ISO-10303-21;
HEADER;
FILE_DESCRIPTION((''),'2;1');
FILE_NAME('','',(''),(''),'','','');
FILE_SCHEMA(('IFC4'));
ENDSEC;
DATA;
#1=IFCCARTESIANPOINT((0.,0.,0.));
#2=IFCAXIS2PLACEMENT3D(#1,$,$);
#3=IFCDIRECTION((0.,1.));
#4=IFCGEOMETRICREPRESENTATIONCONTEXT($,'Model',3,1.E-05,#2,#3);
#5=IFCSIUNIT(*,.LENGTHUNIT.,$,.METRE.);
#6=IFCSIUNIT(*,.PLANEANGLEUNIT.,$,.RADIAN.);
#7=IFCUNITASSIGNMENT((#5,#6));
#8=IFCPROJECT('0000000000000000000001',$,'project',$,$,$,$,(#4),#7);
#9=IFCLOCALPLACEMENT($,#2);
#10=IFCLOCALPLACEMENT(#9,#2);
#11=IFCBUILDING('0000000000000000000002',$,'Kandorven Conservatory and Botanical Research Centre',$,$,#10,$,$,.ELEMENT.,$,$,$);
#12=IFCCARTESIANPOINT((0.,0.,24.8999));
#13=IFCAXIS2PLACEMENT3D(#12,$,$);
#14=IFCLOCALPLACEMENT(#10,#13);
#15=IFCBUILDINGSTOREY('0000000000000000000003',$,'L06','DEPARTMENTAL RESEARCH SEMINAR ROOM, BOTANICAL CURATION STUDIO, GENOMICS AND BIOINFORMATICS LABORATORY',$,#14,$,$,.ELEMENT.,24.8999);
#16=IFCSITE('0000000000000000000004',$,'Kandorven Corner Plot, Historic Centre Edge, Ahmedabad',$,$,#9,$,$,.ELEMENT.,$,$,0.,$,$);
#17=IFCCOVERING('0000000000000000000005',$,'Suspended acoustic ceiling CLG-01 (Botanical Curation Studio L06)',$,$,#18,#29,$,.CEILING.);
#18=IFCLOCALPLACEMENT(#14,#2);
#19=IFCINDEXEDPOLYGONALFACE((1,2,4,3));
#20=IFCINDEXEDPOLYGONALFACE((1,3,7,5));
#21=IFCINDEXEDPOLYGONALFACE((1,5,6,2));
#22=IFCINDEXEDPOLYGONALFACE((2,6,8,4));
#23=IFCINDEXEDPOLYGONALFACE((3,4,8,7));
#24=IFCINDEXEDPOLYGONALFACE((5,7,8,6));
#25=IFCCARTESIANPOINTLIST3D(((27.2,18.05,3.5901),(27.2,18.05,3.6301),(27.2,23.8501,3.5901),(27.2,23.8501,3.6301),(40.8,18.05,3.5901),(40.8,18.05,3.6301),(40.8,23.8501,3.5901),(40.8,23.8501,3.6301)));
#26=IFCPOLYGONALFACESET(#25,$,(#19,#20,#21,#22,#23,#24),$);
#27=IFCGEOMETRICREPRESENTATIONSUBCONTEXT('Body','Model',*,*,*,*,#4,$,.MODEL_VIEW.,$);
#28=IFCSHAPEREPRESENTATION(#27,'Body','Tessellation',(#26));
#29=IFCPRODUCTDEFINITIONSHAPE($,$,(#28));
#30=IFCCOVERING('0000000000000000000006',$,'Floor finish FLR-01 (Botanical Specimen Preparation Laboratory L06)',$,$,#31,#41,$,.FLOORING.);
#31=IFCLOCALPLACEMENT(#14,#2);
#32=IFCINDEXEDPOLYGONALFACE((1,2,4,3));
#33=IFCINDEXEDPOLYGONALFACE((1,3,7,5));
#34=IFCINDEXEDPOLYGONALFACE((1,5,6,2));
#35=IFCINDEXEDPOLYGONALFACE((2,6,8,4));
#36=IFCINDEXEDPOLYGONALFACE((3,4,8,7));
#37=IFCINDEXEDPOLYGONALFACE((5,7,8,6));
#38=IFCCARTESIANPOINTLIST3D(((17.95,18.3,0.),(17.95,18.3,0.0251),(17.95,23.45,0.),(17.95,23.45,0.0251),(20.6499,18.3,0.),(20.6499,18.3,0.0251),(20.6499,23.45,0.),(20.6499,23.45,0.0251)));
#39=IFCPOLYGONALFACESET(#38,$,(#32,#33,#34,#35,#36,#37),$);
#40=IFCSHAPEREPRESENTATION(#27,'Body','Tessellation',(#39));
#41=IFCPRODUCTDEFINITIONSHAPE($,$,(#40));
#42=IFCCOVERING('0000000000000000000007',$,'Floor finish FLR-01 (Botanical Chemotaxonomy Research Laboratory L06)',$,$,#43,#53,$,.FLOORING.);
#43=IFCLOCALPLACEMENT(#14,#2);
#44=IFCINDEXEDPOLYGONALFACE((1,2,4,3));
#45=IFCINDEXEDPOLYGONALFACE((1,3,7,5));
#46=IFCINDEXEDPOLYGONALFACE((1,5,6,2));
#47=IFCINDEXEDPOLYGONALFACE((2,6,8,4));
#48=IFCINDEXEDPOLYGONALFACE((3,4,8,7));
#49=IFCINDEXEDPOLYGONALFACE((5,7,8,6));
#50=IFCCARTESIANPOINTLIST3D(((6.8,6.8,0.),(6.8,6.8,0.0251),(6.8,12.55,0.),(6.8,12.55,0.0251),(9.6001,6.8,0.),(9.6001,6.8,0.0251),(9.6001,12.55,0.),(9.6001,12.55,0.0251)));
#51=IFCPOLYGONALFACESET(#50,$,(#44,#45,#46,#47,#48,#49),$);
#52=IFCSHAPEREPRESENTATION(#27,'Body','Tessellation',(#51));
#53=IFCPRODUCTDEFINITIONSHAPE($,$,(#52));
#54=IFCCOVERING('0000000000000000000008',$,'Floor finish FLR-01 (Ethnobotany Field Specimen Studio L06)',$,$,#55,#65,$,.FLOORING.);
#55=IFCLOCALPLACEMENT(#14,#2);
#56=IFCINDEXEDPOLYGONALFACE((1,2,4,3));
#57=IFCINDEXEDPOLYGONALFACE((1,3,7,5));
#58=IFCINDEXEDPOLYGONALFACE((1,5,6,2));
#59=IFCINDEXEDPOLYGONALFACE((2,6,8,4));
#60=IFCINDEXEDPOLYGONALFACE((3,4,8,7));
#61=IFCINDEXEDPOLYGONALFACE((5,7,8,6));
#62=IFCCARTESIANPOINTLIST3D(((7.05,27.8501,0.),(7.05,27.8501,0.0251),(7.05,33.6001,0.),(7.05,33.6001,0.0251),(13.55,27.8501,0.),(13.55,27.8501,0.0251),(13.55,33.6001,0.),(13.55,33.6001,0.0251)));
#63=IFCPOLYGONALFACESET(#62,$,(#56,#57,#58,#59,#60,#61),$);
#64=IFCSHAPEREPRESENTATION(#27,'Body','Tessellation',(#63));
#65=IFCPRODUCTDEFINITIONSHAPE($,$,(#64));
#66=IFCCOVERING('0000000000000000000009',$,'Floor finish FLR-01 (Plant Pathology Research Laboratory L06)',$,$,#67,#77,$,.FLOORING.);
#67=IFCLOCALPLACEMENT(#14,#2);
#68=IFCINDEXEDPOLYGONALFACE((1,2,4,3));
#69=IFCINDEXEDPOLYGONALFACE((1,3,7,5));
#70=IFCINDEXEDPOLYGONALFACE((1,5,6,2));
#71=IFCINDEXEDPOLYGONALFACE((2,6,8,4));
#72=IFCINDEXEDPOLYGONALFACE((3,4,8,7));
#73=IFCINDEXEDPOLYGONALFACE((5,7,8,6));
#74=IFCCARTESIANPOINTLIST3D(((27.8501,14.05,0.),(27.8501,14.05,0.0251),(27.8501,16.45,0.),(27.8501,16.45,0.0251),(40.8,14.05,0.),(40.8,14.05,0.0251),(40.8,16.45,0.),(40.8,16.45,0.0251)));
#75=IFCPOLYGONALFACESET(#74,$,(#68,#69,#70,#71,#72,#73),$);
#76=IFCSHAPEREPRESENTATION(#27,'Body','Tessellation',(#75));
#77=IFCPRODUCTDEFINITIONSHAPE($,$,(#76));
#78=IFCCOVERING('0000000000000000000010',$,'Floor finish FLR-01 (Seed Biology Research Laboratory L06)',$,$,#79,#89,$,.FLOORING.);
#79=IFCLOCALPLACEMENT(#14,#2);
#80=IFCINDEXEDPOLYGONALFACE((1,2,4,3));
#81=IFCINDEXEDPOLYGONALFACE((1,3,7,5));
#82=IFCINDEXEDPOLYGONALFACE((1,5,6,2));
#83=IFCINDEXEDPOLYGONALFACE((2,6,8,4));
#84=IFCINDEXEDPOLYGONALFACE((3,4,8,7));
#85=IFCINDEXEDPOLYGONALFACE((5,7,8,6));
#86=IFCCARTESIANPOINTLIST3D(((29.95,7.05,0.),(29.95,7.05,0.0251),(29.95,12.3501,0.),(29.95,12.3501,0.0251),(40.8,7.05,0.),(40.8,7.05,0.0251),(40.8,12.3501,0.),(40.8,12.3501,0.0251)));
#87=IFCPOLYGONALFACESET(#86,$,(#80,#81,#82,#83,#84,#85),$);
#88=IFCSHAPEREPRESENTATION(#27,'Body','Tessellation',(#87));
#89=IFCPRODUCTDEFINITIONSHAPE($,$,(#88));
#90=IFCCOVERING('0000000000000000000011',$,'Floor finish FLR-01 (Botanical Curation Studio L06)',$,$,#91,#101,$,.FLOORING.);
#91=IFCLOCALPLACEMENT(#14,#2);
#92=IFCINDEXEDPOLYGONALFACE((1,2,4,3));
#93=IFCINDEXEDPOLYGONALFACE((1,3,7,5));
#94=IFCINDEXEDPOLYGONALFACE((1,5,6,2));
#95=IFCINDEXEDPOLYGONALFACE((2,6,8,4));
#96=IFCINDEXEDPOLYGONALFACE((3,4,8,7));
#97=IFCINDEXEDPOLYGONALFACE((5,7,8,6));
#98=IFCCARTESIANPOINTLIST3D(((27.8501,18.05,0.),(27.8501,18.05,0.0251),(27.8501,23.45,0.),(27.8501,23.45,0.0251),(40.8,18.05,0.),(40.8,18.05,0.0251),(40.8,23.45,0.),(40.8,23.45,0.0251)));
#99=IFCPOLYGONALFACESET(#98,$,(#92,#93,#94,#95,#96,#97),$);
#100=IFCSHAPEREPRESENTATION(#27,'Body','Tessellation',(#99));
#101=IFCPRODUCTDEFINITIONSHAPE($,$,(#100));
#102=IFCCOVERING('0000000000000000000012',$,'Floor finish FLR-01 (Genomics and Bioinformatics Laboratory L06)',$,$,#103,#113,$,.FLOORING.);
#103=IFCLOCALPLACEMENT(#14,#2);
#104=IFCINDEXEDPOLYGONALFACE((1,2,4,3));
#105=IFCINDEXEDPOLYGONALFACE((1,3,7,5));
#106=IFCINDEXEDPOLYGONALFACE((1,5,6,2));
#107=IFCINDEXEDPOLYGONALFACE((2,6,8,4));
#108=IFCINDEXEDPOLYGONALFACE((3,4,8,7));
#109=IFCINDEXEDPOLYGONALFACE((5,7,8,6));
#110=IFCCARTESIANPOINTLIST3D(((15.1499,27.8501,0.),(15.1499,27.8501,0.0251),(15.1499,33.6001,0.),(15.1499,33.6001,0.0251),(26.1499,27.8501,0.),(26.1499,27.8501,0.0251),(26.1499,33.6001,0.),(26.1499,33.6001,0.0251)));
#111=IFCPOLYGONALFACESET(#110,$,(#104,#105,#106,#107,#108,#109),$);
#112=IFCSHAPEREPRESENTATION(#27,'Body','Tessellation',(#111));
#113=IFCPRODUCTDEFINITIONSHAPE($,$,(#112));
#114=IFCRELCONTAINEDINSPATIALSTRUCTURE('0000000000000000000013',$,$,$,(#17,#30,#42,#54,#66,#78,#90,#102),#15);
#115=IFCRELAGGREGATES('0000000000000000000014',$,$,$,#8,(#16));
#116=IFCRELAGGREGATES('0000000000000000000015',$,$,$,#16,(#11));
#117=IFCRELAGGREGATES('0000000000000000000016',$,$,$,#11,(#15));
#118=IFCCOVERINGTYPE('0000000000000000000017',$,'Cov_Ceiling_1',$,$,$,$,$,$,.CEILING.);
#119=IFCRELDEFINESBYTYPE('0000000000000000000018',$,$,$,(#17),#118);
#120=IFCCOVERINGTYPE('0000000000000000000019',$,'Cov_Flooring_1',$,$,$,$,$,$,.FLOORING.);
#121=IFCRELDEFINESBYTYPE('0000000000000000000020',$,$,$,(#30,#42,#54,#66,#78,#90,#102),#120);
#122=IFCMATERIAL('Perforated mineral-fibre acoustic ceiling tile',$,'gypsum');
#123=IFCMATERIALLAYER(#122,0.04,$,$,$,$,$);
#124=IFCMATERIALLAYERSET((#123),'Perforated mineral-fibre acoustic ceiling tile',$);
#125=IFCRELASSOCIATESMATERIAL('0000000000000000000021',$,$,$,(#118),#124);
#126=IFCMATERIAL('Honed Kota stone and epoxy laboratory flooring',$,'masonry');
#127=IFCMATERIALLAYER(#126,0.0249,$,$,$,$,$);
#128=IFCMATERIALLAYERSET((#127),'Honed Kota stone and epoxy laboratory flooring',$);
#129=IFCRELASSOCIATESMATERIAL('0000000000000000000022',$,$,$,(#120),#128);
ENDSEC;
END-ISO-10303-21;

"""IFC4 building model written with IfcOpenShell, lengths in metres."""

from ifc_helpers import new_model, si_unit, direction, frame, origin, place, context, subcontext, project, spatial, polyline, outline, extrude, material, layer, layer_set, type_object, element, save


model = new_model("IFC4")

# Units and contexts
model_context = context("Model", 3, precision=1e-05, world=origin(), true_north=direction((0.0, 1.0)))
body_context = subcontext(model_context, "Body", "Model", "MODEL_VIEW")
ifc_project = project(units=[si_unit("LENGTHUNIT", "METRE"), si_unit("PLANEANGLEUNIT", "RADIAN")], contexts=[model_context])

# Site, building, storey
site_placement = place(None, origin())
site = spatial("IfcSite", under=ifc_project, at=site_placement, Name="Kandorven Corner Plot, Historic Centre Edge, Ahmedabad", CompositionType="ELEMENT", RefElevation=0.0)
building_placement = place(site_placement, origin())
building = spatial("IfcBuilding", under=site, at=building_placement, Name="Kandorven Conservatory and Botanical Research Centre", CompositionType="ELEMENT")
storey_placement = place(building_placement, frame((0.0, 0.0, 24.8999)))
storey = spatial("IfcBuildingStorey", under=building, at=storey_placement, Name="L06", Description="DEPARTMENTAL RESEARCH SEMINAR ROOM, BOTANICAL CURATION STUDIO, GENOMICS AND BIOINFORMATICS LABORATORY", CompositionType="ELEMENT", Elevation=24.8999)

# Coverings
ifc_material_1 = material(Name="Perforated mineral-fibre acoustic ceiling tile", Category="gypsum")
ifc_layer_1 = layer(ifc_material_1, 0.04)
ifc_layer_set_1 = layer_set([ifc_layer_1], Name="Perforated mineral-fibre acoustic ceiling tile")
covering_type_1 = type_object("IfcCoveringType", Name="Cov_Ceiling_1", PredefinedType="CEILING", material=ifc_layer_set_1)
covering_1_placement = place(storey_placement, frame((0.0, 0.0, 3.5901)))
element("IfcCovering", 1, at=covering_1_placement, inside=storey, type_object=covering_type_1, Name="Suspended acoustic ceiling CLG-01 (Botanical Curation Studio L06)", PredefinedType="CEILING", context=body_context, shape_type="SweptSolid", body=[
    extrude(outline(polyline([(27.2, 18.05), (40.8, 18.05), (40.8, 23.8501), (27.2, 23.8501), (27.2, 18.05)])), origin(), (0.0, 0.0, 1.0), 0.04),
])
ifc_material_2 = material(Name="Honed Kota stone and epoxy laboratory flooring", Category="masonry")
ifc_layer_2 = layer(ifc_material_2, 0.0249)
ifc_layer_set_2 = layer_set([ifc_layer_2], Name="Honed Kota stone and epoxy laboratory flooring")
covering_type_2 = type_object("IfcCoveringType", Name="Cov_Flooring_1", PredefinedType="FLOORING", material=ifc_layer_set_2)
covering_2_placement = place(storey_placement, origin())
element("IfcCovering", 2, at=covering_2_placement, inside=storey, type_object=covering_type_2, Name="Floor finish FLR-01 (Botanical Specimen Preparation Laboratory L06)", PredefinedType="FLOORING", context=body_context, shape_type="SweptSolid", body=[
    extrude(outline(polyline([(17.95, 18.3), (20.6499, 18.3), (20.6499, 23.45), (17.95, 23.45), (17.95, 18.3)])), origin(), (0.0, 0.0, 1.0), 0.0251),
])
covering_3_placement = place(storey_placement, origin())
element("IfcCovering", 3, at=covering_3_placement, inside=storey, type_object=covering_type_2, Name="Floor finish FLR-01 (Botanical Chemotaxonomy Research Laboratory L06)", PredefinedType="FLOORING", context=body_context, shape_type="SweptSolid", body=[
    extrude(outline(polyline([(6.8, 6.8), (9.6001, 6.8), (9.6001, 12.55), (6.8, 12.55), (6.8, 6.8)])), origin(), (0.0, 0.0, 1.0), 0.0251),
])
covering_4_placement = place(storey_placement, origin())
element("IfcCovering", 4, at=covering_4_placement, inside=storey, type_object=covering_type_2, Name="Floor finish FLR-01 (Ethnobotany Field Specimen Studio L06)", PredefinedType="FLOORING", context=body_context, shape_type="SweptSolid", body=[
    extrude(outline(polyline([(7.05, 27.8501), (13.55, 27.8501), (13.55, 33.6001), (7.05, 33.6001), (7.05, 27.8501)])), origin(), (0.0, 0.0, 1.0), 0.0251),
])
covering_5_placement = place(storey_placement, origin())
element("IfcCovering", 5, at=covering_5_placement, inside=storey, type_object=covering_type_2, Name="Floor finish FLR-01 (Plant Pathology Research Laboratory L06)", PredefinedType="FLOORING", context=body_context, shape_type="SweptSolid", body=[
    extrude(outline(polyline([(27.8501, 14.05), (40.8, 14.05), (40.8, 16.45), (27.8501, 16.45), (27.8501, 14.05)])), origin(), (0.0, 0.0, 1.0), 0.0251),
])
covering_6_placement = place(storey_placement, origin())
element("IfcCovering", 6, at=covering_6_placement, inside=storey, type_object=covering_type_2, Name="Floor finish FLR-01 (Seed Biology Research Laboratory L06)", PredefinedType="FLOORING", context=body_context, shape_type="SweptSolid", body=[
    extrude(outline(polyline([(29.95, 7.05), (40.8, 7.05), (40.8, 12.3501), (29.95, 12.3501), (29.95, 7.05)])), origin(), (0.0, 0.0, 1.0), 0.0251),
])
covering_7_placement = place(storey_placement, origin())
element("IfcCovering", 7, at=covering_7_placement, inside=storey, type_object=covering_type_2, Name="Floor finish FLR-01 (Botanical Curation Studio L06)", PredefinedType="FLOORING", context=body_context, shape_type="SweptSolid", body=[
    extrude(outline(polyline([(27.8501, 18.05), (40.8, 18.05), (40.8, 23.45), (27.8501, 23.45), (27.8501, 18.05)])), origin(), (0.0, 0.0, 1.0), 0.0251),
])
covering_8_placement = place(storey_placement, origin())
element("IfcCovering", 8, at=covering_8_placement, inside=storey, type_object=covering_type_2, Name="Floor finish FLR-01 (Genomics and Bioinformatics Laboratory L06)", PredefinedType="FLOORING", context=body_context, shape_type="SweptSolid", body=[
    extrude(outline(polyline([(15.1499, 27.8501), (26.1499, 27.8501), (26.1499, 33.6001), (15.1499, 33.6001), (15.1499, 27.8501)])), origin(), (0.0, 0.0, 1.0), 0.0251),
])

save(model, "model.ifc")
